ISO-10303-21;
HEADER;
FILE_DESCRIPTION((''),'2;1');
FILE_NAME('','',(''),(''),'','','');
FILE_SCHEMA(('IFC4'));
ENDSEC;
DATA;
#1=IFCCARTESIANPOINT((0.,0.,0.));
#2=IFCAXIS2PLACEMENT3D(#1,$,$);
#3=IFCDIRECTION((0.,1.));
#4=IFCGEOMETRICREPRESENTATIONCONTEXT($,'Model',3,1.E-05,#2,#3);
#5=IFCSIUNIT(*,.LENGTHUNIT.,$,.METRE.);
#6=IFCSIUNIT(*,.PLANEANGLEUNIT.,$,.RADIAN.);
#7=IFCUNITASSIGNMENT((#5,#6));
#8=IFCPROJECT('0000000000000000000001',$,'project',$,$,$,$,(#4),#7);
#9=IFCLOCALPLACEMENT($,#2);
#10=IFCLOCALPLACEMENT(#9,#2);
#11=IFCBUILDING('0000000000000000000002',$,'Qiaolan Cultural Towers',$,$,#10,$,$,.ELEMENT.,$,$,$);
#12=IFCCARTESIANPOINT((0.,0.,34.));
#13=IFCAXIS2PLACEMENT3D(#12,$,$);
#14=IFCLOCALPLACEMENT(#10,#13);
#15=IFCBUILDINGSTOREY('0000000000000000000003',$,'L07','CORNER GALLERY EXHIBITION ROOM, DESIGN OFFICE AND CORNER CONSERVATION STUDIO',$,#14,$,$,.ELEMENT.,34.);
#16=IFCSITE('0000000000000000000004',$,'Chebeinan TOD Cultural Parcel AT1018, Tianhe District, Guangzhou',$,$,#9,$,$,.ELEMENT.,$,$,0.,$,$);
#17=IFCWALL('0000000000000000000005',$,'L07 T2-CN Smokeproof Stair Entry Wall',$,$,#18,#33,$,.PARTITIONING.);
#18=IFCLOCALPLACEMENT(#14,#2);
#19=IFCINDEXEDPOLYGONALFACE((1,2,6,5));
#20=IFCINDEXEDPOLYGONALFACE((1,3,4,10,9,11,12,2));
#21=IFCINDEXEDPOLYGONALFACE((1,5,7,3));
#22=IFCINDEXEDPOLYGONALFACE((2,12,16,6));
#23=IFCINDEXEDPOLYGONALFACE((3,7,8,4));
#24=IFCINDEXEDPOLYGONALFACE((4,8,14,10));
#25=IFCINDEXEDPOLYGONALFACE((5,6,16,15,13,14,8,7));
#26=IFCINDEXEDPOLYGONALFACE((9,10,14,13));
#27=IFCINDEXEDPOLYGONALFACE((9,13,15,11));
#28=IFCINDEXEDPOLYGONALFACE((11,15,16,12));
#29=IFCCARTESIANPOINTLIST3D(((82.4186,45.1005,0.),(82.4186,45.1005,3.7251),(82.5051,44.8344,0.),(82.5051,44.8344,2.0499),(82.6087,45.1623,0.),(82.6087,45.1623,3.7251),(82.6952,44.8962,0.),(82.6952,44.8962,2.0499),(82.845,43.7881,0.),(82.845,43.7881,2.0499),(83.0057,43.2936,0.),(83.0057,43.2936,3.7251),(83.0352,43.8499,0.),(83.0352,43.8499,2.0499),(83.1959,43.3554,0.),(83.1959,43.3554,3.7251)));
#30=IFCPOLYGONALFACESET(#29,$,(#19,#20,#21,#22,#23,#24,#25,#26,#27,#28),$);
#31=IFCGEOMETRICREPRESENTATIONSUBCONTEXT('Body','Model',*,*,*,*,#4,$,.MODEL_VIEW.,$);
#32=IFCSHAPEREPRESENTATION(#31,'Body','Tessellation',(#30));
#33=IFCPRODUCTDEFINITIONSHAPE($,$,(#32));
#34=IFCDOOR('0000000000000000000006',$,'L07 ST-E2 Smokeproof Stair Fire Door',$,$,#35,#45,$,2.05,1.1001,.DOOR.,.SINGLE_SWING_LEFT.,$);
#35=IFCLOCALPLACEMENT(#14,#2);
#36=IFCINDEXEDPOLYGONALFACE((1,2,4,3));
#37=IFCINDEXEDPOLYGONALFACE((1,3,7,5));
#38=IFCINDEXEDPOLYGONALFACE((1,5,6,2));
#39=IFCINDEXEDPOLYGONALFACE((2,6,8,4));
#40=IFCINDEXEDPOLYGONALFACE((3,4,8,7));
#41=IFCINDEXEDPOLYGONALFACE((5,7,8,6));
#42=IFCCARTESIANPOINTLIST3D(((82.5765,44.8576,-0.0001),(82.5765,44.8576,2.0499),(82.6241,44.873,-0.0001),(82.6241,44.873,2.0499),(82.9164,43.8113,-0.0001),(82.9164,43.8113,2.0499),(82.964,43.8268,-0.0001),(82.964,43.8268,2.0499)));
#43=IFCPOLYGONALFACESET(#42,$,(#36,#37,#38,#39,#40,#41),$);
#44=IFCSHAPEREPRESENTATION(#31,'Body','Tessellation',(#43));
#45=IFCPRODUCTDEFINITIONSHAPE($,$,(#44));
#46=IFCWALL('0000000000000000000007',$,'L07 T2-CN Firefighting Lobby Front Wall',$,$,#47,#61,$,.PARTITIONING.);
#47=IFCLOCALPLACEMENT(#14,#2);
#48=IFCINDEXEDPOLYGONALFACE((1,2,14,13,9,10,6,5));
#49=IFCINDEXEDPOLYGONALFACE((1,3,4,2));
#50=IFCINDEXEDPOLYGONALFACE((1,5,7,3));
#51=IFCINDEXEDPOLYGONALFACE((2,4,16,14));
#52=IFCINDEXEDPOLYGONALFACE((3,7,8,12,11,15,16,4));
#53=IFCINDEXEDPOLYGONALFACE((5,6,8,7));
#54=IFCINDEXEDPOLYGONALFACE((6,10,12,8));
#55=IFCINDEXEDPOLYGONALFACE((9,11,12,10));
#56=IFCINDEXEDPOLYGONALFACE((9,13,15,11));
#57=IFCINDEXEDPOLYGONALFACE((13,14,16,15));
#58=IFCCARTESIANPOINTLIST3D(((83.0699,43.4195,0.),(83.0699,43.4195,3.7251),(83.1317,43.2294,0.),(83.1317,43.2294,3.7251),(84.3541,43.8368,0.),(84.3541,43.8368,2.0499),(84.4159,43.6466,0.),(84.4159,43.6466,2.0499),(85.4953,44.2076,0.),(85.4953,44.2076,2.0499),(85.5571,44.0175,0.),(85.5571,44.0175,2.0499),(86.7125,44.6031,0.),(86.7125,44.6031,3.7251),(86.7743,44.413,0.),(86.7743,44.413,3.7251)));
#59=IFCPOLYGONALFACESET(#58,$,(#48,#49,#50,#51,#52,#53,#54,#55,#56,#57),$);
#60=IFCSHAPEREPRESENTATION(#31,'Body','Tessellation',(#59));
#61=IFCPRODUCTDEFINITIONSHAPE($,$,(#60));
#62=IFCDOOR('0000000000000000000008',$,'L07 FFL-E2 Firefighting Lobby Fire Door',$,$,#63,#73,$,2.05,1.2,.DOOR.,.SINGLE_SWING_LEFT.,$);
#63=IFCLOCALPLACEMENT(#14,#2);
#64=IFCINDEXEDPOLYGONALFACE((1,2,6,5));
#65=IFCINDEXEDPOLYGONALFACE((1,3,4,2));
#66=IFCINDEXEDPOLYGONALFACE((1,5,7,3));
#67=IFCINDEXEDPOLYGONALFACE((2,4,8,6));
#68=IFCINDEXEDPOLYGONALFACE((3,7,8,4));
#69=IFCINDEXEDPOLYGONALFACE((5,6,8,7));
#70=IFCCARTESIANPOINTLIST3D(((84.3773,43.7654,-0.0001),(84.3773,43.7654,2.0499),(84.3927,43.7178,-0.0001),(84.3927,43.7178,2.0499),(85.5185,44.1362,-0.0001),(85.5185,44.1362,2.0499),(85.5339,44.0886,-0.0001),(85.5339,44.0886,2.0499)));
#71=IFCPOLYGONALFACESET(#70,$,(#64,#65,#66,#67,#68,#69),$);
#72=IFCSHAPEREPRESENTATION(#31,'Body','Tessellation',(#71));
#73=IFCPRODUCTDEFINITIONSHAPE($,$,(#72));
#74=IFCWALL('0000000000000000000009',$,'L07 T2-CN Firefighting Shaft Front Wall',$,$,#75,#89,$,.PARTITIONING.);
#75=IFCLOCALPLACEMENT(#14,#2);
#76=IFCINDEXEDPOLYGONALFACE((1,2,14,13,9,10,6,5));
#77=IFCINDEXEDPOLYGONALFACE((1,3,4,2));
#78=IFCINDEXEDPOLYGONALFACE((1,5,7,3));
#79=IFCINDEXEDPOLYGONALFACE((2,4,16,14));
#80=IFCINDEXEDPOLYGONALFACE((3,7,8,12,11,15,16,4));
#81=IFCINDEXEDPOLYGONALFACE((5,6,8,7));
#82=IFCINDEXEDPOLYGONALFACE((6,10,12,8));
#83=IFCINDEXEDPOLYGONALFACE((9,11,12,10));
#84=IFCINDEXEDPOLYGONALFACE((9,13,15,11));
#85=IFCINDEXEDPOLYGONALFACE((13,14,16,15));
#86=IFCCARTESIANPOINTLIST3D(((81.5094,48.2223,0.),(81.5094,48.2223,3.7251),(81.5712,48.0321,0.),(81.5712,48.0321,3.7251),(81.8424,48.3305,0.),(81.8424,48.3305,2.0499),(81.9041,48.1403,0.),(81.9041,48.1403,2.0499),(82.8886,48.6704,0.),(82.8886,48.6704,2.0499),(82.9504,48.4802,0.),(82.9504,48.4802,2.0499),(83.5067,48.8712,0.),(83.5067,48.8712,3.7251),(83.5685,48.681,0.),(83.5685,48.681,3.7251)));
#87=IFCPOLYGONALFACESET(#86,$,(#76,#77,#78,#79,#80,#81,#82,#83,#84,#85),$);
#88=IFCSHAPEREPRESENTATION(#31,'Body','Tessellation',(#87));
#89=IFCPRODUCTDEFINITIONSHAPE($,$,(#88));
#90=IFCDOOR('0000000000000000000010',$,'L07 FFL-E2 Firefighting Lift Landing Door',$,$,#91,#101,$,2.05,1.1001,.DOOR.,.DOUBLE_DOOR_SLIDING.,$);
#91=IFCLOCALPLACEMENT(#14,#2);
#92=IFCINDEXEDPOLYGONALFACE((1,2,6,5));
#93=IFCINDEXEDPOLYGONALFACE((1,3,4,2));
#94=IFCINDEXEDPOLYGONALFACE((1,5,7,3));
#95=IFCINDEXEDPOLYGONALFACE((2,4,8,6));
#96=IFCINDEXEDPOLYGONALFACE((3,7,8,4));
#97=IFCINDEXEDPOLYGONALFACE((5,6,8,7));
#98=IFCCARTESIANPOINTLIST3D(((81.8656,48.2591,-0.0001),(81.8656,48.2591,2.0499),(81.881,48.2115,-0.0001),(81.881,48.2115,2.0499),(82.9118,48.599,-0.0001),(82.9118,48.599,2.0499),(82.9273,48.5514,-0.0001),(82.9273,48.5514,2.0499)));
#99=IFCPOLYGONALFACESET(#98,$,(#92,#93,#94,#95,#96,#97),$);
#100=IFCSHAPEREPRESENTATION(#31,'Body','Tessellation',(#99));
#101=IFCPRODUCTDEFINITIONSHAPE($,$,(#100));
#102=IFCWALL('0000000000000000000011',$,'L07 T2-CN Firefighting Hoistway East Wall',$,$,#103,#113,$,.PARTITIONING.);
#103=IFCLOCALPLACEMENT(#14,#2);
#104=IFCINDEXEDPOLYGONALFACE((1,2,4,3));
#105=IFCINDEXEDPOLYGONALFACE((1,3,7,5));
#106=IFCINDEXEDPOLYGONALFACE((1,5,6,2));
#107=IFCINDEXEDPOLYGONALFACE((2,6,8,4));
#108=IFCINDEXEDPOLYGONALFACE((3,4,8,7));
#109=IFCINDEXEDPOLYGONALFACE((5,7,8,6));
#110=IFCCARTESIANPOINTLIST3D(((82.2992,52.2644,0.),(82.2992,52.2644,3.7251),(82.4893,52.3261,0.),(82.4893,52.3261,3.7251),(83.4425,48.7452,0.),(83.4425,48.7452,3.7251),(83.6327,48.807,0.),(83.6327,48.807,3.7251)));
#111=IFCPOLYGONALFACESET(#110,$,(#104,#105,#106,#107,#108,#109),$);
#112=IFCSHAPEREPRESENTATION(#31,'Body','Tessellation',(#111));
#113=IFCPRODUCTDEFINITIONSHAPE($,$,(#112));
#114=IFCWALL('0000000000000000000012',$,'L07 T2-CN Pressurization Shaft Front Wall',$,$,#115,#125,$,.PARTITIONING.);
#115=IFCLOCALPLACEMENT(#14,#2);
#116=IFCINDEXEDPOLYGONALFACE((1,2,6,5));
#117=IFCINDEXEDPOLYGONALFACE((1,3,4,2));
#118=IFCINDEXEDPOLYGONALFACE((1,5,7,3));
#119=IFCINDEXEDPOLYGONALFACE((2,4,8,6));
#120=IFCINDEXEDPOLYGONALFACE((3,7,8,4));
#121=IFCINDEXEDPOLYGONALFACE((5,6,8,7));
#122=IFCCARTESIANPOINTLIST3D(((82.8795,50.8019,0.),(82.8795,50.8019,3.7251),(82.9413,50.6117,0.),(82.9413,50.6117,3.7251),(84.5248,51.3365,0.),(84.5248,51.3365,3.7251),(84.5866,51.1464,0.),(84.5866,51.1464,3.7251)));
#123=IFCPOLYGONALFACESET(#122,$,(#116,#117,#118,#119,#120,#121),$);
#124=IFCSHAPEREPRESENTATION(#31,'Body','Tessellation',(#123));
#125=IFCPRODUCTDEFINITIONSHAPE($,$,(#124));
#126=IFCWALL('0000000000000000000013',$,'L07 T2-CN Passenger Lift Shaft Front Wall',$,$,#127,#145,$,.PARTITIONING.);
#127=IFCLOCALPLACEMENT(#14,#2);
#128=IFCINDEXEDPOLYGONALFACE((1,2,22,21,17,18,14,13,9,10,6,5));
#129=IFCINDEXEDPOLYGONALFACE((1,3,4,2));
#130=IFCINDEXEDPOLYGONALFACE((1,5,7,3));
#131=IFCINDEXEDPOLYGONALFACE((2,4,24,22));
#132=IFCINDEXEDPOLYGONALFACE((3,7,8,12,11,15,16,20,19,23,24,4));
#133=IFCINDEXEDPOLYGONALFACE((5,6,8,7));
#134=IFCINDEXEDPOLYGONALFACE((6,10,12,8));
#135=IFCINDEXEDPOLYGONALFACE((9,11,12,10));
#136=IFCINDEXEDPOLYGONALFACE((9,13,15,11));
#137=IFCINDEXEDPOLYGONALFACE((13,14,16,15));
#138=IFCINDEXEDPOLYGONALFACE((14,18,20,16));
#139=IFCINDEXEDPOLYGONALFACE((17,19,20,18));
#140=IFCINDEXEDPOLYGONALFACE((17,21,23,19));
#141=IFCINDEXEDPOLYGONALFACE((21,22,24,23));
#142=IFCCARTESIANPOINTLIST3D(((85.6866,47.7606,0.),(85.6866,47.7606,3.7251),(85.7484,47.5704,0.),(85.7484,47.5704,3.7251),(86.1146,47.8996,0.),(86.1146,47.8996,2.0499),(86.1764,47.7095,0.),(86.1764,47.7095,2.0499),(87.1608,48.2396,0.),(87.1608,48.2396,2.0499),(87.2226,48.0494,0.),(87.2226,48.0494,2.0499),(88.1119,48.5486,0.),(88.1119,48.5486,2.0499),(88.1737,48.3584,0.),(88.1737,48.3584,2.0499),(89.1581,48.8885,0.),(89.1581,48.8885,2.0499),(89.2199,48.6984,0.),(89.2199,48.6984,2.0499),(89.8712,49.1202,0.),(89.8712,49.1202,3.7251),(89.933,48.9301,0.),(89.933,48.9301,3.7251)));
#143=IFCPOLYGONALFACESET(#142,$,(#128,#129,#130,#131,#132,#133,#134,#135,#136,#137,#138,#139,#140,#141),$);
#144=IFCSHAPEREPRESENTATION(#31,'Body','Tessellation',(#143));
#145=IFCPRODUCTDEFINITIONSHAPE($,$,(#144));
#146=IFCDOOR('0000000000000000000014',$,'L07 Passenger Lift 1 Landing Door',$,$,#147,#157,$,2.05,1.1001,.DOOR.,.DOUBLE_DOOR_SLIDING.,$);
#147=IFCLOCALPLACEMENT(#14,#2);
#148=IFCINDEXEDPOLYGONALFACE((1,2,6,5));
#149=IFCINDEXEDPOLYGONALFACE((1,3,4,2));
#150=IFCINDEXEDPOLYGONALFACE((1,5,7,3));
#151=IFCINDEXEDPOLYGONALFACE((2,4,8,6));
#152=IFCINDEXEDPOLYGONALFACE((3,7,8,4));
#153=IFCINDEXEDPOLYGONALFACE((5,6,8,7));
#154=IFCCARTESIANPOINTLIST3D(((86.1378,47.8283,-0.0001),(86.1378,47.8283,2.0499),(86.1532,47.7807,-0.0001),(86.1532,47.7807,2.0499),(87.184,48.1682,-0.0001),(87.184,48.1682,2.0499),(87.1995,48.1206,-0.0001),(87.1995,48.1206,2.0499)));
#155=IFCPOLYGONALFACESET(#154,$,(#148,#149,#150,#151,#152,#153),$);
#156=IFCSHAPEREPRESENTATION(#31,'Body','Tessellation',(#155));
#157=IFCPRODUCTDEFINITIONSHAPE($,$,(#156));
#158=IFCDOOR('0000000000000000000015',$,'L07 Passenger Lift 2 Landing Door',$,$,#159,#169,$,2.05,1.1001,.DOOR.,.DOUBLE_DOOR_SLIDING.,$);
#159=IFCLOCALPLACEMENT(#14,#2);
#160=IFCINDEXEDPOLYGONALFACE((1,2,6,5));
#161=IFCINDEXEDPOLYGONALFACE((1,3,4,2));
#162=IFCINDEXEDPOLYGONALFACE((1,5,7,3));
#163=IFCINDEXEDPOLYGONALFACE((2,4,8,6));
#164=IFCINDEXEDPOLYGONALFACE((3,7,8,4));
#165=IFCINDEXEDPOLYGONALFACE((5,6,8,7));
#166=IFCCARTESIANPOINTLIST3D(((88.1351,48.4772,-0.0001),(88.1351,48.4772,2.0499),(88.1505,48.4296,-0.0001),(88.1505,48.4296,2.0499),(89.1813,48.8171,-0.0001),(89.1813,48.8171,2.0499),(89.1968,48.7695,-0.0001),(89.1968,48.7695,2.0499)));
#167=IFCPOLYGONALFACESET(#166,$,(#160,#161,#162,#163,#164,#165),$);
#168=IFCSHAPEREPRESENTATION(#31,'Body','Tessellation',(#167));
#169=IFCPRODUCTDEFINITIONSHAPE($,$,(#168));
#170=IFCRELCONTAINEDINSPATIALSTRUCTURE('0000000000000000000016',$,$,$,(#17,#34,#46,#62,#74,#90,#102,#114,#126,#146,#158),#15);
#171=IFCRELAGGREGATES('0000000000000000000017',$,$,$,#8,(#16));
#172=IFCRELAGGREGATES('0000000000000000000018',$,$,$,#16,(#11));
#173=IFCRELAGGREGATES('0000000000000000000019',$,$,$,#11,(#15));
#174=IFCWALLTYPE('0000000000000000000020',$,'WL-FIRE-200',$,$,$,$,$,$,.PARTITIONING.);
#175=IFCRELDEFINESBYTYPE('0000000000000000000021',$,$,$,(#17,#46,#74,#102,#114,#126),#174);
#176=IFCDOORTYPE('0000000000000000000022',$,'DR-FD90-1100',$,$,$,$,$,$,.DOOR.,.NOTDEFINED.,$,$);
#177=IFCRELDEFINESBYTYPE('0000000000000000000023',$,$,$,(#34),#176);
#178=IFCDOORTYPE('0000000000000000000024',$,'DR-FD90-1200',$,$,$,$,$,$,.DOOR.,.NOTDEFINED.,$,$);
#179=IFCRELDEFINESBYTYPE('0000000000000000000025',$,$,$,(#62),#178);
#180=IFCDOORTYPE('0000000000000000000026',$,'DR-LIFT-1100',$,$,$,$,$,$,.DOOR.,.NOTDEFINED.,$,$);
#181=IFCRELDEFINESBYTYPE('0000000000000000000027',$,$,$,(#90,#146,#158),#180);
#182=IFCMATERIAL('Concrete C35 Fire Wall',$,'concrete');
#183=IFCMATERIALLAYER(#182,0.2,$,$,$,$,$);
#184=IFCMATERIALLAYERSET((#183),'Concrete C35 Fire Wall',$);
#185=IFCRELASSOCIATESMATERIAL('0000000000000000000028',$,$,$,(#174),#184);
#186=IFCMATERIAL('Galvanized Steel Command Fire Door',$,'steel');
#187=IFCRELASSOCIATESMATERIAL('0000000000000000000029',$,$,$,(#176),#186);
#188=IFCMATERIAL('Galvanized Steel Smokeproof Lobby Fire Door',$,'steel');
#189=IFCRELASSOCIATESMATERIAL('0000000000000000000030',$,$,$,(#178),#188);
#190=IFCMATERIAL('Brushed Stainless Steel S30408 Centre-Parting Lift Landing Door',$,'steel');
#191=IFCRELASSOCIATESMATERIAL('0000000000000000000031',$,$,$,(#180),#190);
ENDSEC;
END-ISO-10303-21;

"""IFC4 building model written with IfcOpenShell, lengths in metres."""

from ifc_helpers import new_model, si_unit, direction, frame, frame_2d, origin, place, context, subcontext, project, spatial, rectangle, extrude, material, layer, layer_set, type_object, element, fill, save


model = new_model("IFC4")

# Units and contexts
model_context = context("Model", 3, precision=1e-05, world=origin(), true_north=direction((0.0, 1.0)))
body_context = subcontext(model_context, "Body", "Model", "MODEL_VIEW")
ifc_project = project(units=[si_unit("LENGTHUNIT", "METRE"), si_unit("PLANEANGLEUNIT", "RADIAN")], contexts=[model_context])

# Site, building, storey
site_placement = place(None, origin())
site = spatial("IfcSite", under=ifc_project, at=site_placement, Name="Chebeinan TOD Cultural Parcel AT1018, Tianhe District, Guangzhou", CompositionType="ELEMENT", RefElevation=0.0)
building_placement = place(site_placement, origin())
building = spatial("IfcBuilding", under=site, at=building_placement, Name="Qiaolan Cultural Towers", CompositionType="ELEMENT")
storey_placement = place(building_placement, frame((0.0, 0.0, 34.0)))
storey = spatial("IfcBuildingStorey", under=building, at=storey_placement, Name="L07", Description="CORNER GALLERY EXHIBITION ROOM, DESIGN OFFICE AND CORNER CONSERVATION STUDIO", CompositionType="ELEMENT", Elevation=34.0)

# Walls, openings, doors
ifc_material_1 = material(Name="Concrete C35 Fire Wall", Category="concrete")
ifc_layer_1 = layer(ifc_material_1, 0.2)
ifc_layer_set_1 = layer_set([ifc_layer_1], Name="Concrete C35 Fire Wall")
wall_type_1 = type_object("IfcWallType", Name="WL-FIRE-200", PredefinedType="PARTITIONING", material=ifc_layer_set_1)
wall_1_placement = place(storey_placement, frame((83.1008, 43.3245, 0.0), z_axis=(0.0, 0.0, 1.0), x_axis=(-0.309048, 0.951046, 0.0)))
wall_1 = element("IfcWall", 1, at=wall_1_placement, inside=storey, type_object=wall_type_1, Name="L07 T2-CN Smokeproof Stair Entry Wall", PredefinedType="PARTITIONING", context=body_context, shape_type="SweptSolid", body=[
    extrude(rectangle(XDim=1.8999, YDim=0.2, at=frame_2d((0.95, 0.0))), origin(), (0.0, 0.0, 1.0), 3.7251),
])
opening_1_placement = place(wall_1_placement, frame((0.52, 0.0, 0.0)))
opening_1 = element("IfcOpeningElement", 2, at=opening_1_placement, cuts=wall_1, PredefinedType="OPENING", context=body_context, shape_type="SweptSolid", body=[
    extrude(rectangle(XDim=1.1001, YDim=2.05, at=frame_2d((0.55, 1.0249))), frame((0.0, 0.1099, 0.0), z_axis=(0.0, -1.0, 0.0), x_axis=(1.0, 0.0, 0.0)), (0.0, 0.0, 1.0), 0.22),
])
ifc_material_2 = material(Name="Galvanized Steel Command Fire Door", Category="steel")
door_type_1 = type_object("IfcDoorType", Name="DR-FD90-1100", OperationType="NOTDEFINED", PredefinedType="DOOR", material=ifc_material_2)
door_1_placement = place(opening_1_placement, origin())
door_1 = element("IfcDoor", 3, at=door_1_placement, inside=storey, type_object=door_type_1, Name="L07 ST-E2 Smokeproof Stair Fire Door", OperationType="SINGLE_SWING_LEFT", OverallHeight=2.05, OverallWidth=1.1001, PredefinedType="DOOR", context=body_context, shape_type="SweptSolid", body=[
    extrude(rectangle(XDim=1.1001, YDim=2.05, at=frame_2d((0.55, 1.0249))), frame((0.0, 0.0249, 0.0), z_axis=(0.0, -1.0, 0.0), x_axis=(1.0, 0.0, 0.0)), (0.0, 0.0, 1.0), 0.05),
])
fill(opening_1, door_1)
wall_2_placement = place(storey_placement, frame((83.1008, 43.3245, 0.0), z_axis=(0.0, 0.0, 1.0), x_axis=(0.951053, 0.309028, 0.0)))
wall_2 = element("IfcWall", 4, at=wall_2_placement, inside=storey, type_object=wall_type_1, Name="L07 T2-CN Firefighting Lobby Front Wall", PredefinedType="PARTITIONING", context=body_context, shape_type="SweptSolid", body=[
    extrude(rectangle(XDim=3.8301, YDim=0.2, at=frame_2d((1.915, 0.0))), origin(), (0.0, 0.0, 1.0), 3.7251),
])
opening_2_placement = place(wall_2_placement, frame((1.3501, 0.0, 0.0)))
opening_2 = element("IfcOpeningElement", 5, at=opening_2_placement, cuts=wall_2, PredefinedType="OPENING", context=body_context, shape_type="SweptSolid", body=[
    extrude(rectangle(XDim=1.2, YDim=2.05, at=frame_2d((0.6001, 1.0249))), frame((0.0, 0.1099, 0.0), z_axis=(0.0, -1.0, 0.0), x_axis=(1.0, 0.0, 0.0)), (0.0, 0.0, 1.0), 0.22),
])
ifc_material_3 = material(Name="Galvanized Steel Smokeproof Lobby Fire Door", Category="steel")
door_type_2 = type_object("IfcDoorType", Name="DR-FD90-1200", OperationType="NOTDEFINED", PredefinedType="DOOR", material=ifc_material_3)
door_2_placement = place(opening_2_placement, origin())
door_2 = element("IfcDoor", 6, at=door_2_placement, inside=storey, type_object=door_type_2, Name="L07 FFL-E2 Firefighting Lobby Fire Door", OperationType="SINGLE_SWING_LEFT", OverallHeight=2.05, OverallWidth=1.2, PredefinedType="DOOR", context=body_context, shape_type="SweptSolid", body=[
    extrude(rectangle(XDim=1.2, YDim=2.05, at=frame_2d((0.6001, 1.0249))), frame((0.0, 0.0249, 0.0), z_axis=(0.0, -1.0, 0.0), x_axis=(1.0, 0.0, 0.0)), (0.0, 0.0, 1.0), 0.05),
])
fill(opening_2, door_2)
wall_3_placement = place(storey_placement, frame((81.5403, 48.1272, 0.0), z_axis=(0.0, 0.0, 1.0), x_axis=(0.951062, 0.308999, 0.0)))
wall_3 = element("IfcWall", 7, at=wall_3_placement, inside=storey, type_object=wall_type_1, Name="L07 T2-CN Firefighting Shaft Front Wall", PredefinedType="PARTITIONING", context=body_context, shape_type="SweptSolid", body=[
    extrude(rectangle(XDim=2.1001, YDim=0.2, at=frame_2d((1.05, 0.0))), origin(), (0.0, 0.0, 1.0), 3.7251),
])
opening_3_placement = place(wall_3_placement, frame((0.3501, 0.0, 0.0)))
opening_3 = element("IfcOpeningElement", 8, at=opening_3_placement, cuts=wall_3, PredefinedType="OPENING", context=body_context, shape_type="SweptSolid", body=[
    extrude(rectangle(XDim=1.1001, YDim=2.05, at=frame_2d((0.55, 1.0249))), frame((0.0, 0.1099, 0.0), z_axis=(0.0, -1.0, 0.0), x_axis=(1.0, 0.0, 0.0)), (0.0, 0.0, 1.0), 0.22),
])
ifc_material_4 = material(Name="Brushed Stainless Steel S30408 Centre-Parting Lift Landing Door", Category="steel")
door_type_3 = type_object("IfcDoorType", Name="DR-LIFT-1100", OperationType="NOTDEFINED", PredefinedType="DOOR", material=ifc_material_4)
door_3_placement = place(opening_3_placement, origin())
door_3 = element("IfcDoor", 9, at=door_3_placement, inside=storey, type_object=door_type_3, Name="L07 FFL-E2 Firefighting Lift Landing Door", OperationType="DOUBLE_DOOR_SLIDING", OverallHeight=2.05, OverallWidth=1.1001, PredefinedType="DOOR", context=body_context, shape_type="SweptSolid", body=[
    extrude(rectangle(XDim=1.1001, YDim=2.05, at=frame_2d((0.55, 1.0249))), frame((0.0, 0.0249, 0.0), z_axis=(0.0, -1.0, 0.0), x_axis=(1.0, 0.0, 0.0)), (0.0, 0.0, 1.0), 0.05),
])
fill(opening_3, door_3)

# Walls
wall_4_placement = place(storey_placement, frame((83.5376, 48.7761, 0.0), z_axis=(0.0, 0.0, 1.0), x_axis=(-0.308994, 0.951064, 0.0)))
element("IfcWall", 10, at=wall_4_placement, inside=storey, type_object=wall_type_1, Name="L07 T2-CN Firefighting Hoistway East Wall", PredefinedType="PARTITIONING", context=body_context, shape_type="SweptSolid", body=[
    extrude(rectangle(XDim=3.7002, YDim=0.2, at=frame_2d((1.8501, 0.0))), origin(), (0.0, 0.0, 1.0), 3.7251),
])
wall_5_placement = place(storey_placement, frame((82.9104, 50.7068, 0.0), z_axis=(0.0, 0.0, 1.0), x_axis=(0.951041, 0.309064, 0.0)))
element("IfcWall", 11, at=wall_5_placement, inside=storey, type_object=wall_type_1, Name="L07 T2-CN Pressurization Shaft Front Wall", PredefinedType="PARTITIONING", context=body_context, shape_type="SweptSolid", body=[
    extrude(rectangle(XDim=1.73, YDim=0.2, at=frame_2d((0.865, 0.0))), origin(), (0.0, 0.0, 1.0), 3.7251),
])

# Wall, openings, doors
wall_6_placement = place(storey_placement, frame((85.7175, 47.6655, 0.0), z_axis=(0.0, 0.0, 1.0), x_axis=(0.951059, 0.309011, 0.0)))
wall_6 = element("IfcWall", 12, at=wall_6_placement, inside=storey, type_object=wall_type_1, Name="L07 T2-CN Passenger Lift Shaft Front Wall", PredefinedType="PARTITIONING", context=body_context, shape_type="SweptSolid", body=[
    extrude(rectangle(XDim=4.3999, YDim=0.2, at=frame_2d((2.2, 0.0))), origin(), (0.0, 0.0, 1.0), 3.7251),
])
opening_4_placement = place(wall_6_placement, frame((0.45, 0.0, 0.0)))
opening_4 = element("IfcOpeningElement", 13, at=opening_4_placement, cuts=wall_6, PredefinedType="OPENING", context=body_context, shape_type="SweptSolid", body=[
    extrude(rectangle(XDim=1.1001, YDim=2.05, at=frame_2d((0.55, 1.0249))), frame((0.0, 0.1099, 0.0), z_axis=(0.0, -1.0, 0.0), x_axis=(1.0, 0.0, 0.0)), (0.0, 0.0, 1.0), 0.22),
])
opening_5_placement = place(wall_6_placement, frame((2.55, 0.0, 0.0)))
opening_5 = element("IfcOpeningElement", 14, at=opening_5_placement, cuts=wall_6, PredefinedType="OPENING", context=body_context, shape_type="SweptSolid", body=[
    extrude(rectangle(XDim=1.1001, YDim=2.05, at=frame_2d((0.55, 1.0249))), frame((0.0, 0.1099, 0.0), z_axis=(0.0, -1.0, 0.0), x_axis=(1.0, 0.0, 0.0)), (0.0, 0.0, 1.0), 0.22),
])
door_4_placement = place(opening_4_placement, origin())
door_4 = element("IfcDoor", 15, at=door_4_placement, inside=storey, type_object=door_type_3, Name="L07 Passenger Lift 1 Landing Door", OperationType="DOUBLE_DOOR_SLIDING", OverallHeight=2.05, OverallWidth=1.1001, PredefinedType="DOOR", context=body_context, shape_type="SweptSolid", body=[
    extrude(rectangle(XDim=1.1001, YDim=2.05, at=frame_2d((0.55, 1.0249))), frame((0.0, 0.0249, 0.0), z_axis=(0.0, -1.0, 0.0), x_axis=(1.0, 0.0, 0.0)), (0.0, 0.0, 1.0), 0.05),
])
fill(opening_4, door_4)
door_5_placement = place(opening_5_placement, origin())
door_5 = element("IfcDoor", 16, at=door_5_placement, inside=storey, type_object=door_type_3, Name="L07 Passenger Lift 2 Landing Door", OperationType="DOUBLE_DOOR_SLIDING", OverallHeight=2.05, OverallWidth=1.1001, PredefinedType="DOOR", context=body_context, shape_type="SweptSolid", body=[
    extrude(rectangle(XDim=1.1001, YDim=2.05, at=frame_2d((0.55, 1.0249))), frame((0.0, 0.0249, 0.0), z_axis=(0.0, -1.0, 0.0), x_axis=(1.0, 0.0, 0.0)), (0.0, 0.0, 1.0), 0.05),
])
fill(opening_5, door_5)

save(model, "model.ifc")
